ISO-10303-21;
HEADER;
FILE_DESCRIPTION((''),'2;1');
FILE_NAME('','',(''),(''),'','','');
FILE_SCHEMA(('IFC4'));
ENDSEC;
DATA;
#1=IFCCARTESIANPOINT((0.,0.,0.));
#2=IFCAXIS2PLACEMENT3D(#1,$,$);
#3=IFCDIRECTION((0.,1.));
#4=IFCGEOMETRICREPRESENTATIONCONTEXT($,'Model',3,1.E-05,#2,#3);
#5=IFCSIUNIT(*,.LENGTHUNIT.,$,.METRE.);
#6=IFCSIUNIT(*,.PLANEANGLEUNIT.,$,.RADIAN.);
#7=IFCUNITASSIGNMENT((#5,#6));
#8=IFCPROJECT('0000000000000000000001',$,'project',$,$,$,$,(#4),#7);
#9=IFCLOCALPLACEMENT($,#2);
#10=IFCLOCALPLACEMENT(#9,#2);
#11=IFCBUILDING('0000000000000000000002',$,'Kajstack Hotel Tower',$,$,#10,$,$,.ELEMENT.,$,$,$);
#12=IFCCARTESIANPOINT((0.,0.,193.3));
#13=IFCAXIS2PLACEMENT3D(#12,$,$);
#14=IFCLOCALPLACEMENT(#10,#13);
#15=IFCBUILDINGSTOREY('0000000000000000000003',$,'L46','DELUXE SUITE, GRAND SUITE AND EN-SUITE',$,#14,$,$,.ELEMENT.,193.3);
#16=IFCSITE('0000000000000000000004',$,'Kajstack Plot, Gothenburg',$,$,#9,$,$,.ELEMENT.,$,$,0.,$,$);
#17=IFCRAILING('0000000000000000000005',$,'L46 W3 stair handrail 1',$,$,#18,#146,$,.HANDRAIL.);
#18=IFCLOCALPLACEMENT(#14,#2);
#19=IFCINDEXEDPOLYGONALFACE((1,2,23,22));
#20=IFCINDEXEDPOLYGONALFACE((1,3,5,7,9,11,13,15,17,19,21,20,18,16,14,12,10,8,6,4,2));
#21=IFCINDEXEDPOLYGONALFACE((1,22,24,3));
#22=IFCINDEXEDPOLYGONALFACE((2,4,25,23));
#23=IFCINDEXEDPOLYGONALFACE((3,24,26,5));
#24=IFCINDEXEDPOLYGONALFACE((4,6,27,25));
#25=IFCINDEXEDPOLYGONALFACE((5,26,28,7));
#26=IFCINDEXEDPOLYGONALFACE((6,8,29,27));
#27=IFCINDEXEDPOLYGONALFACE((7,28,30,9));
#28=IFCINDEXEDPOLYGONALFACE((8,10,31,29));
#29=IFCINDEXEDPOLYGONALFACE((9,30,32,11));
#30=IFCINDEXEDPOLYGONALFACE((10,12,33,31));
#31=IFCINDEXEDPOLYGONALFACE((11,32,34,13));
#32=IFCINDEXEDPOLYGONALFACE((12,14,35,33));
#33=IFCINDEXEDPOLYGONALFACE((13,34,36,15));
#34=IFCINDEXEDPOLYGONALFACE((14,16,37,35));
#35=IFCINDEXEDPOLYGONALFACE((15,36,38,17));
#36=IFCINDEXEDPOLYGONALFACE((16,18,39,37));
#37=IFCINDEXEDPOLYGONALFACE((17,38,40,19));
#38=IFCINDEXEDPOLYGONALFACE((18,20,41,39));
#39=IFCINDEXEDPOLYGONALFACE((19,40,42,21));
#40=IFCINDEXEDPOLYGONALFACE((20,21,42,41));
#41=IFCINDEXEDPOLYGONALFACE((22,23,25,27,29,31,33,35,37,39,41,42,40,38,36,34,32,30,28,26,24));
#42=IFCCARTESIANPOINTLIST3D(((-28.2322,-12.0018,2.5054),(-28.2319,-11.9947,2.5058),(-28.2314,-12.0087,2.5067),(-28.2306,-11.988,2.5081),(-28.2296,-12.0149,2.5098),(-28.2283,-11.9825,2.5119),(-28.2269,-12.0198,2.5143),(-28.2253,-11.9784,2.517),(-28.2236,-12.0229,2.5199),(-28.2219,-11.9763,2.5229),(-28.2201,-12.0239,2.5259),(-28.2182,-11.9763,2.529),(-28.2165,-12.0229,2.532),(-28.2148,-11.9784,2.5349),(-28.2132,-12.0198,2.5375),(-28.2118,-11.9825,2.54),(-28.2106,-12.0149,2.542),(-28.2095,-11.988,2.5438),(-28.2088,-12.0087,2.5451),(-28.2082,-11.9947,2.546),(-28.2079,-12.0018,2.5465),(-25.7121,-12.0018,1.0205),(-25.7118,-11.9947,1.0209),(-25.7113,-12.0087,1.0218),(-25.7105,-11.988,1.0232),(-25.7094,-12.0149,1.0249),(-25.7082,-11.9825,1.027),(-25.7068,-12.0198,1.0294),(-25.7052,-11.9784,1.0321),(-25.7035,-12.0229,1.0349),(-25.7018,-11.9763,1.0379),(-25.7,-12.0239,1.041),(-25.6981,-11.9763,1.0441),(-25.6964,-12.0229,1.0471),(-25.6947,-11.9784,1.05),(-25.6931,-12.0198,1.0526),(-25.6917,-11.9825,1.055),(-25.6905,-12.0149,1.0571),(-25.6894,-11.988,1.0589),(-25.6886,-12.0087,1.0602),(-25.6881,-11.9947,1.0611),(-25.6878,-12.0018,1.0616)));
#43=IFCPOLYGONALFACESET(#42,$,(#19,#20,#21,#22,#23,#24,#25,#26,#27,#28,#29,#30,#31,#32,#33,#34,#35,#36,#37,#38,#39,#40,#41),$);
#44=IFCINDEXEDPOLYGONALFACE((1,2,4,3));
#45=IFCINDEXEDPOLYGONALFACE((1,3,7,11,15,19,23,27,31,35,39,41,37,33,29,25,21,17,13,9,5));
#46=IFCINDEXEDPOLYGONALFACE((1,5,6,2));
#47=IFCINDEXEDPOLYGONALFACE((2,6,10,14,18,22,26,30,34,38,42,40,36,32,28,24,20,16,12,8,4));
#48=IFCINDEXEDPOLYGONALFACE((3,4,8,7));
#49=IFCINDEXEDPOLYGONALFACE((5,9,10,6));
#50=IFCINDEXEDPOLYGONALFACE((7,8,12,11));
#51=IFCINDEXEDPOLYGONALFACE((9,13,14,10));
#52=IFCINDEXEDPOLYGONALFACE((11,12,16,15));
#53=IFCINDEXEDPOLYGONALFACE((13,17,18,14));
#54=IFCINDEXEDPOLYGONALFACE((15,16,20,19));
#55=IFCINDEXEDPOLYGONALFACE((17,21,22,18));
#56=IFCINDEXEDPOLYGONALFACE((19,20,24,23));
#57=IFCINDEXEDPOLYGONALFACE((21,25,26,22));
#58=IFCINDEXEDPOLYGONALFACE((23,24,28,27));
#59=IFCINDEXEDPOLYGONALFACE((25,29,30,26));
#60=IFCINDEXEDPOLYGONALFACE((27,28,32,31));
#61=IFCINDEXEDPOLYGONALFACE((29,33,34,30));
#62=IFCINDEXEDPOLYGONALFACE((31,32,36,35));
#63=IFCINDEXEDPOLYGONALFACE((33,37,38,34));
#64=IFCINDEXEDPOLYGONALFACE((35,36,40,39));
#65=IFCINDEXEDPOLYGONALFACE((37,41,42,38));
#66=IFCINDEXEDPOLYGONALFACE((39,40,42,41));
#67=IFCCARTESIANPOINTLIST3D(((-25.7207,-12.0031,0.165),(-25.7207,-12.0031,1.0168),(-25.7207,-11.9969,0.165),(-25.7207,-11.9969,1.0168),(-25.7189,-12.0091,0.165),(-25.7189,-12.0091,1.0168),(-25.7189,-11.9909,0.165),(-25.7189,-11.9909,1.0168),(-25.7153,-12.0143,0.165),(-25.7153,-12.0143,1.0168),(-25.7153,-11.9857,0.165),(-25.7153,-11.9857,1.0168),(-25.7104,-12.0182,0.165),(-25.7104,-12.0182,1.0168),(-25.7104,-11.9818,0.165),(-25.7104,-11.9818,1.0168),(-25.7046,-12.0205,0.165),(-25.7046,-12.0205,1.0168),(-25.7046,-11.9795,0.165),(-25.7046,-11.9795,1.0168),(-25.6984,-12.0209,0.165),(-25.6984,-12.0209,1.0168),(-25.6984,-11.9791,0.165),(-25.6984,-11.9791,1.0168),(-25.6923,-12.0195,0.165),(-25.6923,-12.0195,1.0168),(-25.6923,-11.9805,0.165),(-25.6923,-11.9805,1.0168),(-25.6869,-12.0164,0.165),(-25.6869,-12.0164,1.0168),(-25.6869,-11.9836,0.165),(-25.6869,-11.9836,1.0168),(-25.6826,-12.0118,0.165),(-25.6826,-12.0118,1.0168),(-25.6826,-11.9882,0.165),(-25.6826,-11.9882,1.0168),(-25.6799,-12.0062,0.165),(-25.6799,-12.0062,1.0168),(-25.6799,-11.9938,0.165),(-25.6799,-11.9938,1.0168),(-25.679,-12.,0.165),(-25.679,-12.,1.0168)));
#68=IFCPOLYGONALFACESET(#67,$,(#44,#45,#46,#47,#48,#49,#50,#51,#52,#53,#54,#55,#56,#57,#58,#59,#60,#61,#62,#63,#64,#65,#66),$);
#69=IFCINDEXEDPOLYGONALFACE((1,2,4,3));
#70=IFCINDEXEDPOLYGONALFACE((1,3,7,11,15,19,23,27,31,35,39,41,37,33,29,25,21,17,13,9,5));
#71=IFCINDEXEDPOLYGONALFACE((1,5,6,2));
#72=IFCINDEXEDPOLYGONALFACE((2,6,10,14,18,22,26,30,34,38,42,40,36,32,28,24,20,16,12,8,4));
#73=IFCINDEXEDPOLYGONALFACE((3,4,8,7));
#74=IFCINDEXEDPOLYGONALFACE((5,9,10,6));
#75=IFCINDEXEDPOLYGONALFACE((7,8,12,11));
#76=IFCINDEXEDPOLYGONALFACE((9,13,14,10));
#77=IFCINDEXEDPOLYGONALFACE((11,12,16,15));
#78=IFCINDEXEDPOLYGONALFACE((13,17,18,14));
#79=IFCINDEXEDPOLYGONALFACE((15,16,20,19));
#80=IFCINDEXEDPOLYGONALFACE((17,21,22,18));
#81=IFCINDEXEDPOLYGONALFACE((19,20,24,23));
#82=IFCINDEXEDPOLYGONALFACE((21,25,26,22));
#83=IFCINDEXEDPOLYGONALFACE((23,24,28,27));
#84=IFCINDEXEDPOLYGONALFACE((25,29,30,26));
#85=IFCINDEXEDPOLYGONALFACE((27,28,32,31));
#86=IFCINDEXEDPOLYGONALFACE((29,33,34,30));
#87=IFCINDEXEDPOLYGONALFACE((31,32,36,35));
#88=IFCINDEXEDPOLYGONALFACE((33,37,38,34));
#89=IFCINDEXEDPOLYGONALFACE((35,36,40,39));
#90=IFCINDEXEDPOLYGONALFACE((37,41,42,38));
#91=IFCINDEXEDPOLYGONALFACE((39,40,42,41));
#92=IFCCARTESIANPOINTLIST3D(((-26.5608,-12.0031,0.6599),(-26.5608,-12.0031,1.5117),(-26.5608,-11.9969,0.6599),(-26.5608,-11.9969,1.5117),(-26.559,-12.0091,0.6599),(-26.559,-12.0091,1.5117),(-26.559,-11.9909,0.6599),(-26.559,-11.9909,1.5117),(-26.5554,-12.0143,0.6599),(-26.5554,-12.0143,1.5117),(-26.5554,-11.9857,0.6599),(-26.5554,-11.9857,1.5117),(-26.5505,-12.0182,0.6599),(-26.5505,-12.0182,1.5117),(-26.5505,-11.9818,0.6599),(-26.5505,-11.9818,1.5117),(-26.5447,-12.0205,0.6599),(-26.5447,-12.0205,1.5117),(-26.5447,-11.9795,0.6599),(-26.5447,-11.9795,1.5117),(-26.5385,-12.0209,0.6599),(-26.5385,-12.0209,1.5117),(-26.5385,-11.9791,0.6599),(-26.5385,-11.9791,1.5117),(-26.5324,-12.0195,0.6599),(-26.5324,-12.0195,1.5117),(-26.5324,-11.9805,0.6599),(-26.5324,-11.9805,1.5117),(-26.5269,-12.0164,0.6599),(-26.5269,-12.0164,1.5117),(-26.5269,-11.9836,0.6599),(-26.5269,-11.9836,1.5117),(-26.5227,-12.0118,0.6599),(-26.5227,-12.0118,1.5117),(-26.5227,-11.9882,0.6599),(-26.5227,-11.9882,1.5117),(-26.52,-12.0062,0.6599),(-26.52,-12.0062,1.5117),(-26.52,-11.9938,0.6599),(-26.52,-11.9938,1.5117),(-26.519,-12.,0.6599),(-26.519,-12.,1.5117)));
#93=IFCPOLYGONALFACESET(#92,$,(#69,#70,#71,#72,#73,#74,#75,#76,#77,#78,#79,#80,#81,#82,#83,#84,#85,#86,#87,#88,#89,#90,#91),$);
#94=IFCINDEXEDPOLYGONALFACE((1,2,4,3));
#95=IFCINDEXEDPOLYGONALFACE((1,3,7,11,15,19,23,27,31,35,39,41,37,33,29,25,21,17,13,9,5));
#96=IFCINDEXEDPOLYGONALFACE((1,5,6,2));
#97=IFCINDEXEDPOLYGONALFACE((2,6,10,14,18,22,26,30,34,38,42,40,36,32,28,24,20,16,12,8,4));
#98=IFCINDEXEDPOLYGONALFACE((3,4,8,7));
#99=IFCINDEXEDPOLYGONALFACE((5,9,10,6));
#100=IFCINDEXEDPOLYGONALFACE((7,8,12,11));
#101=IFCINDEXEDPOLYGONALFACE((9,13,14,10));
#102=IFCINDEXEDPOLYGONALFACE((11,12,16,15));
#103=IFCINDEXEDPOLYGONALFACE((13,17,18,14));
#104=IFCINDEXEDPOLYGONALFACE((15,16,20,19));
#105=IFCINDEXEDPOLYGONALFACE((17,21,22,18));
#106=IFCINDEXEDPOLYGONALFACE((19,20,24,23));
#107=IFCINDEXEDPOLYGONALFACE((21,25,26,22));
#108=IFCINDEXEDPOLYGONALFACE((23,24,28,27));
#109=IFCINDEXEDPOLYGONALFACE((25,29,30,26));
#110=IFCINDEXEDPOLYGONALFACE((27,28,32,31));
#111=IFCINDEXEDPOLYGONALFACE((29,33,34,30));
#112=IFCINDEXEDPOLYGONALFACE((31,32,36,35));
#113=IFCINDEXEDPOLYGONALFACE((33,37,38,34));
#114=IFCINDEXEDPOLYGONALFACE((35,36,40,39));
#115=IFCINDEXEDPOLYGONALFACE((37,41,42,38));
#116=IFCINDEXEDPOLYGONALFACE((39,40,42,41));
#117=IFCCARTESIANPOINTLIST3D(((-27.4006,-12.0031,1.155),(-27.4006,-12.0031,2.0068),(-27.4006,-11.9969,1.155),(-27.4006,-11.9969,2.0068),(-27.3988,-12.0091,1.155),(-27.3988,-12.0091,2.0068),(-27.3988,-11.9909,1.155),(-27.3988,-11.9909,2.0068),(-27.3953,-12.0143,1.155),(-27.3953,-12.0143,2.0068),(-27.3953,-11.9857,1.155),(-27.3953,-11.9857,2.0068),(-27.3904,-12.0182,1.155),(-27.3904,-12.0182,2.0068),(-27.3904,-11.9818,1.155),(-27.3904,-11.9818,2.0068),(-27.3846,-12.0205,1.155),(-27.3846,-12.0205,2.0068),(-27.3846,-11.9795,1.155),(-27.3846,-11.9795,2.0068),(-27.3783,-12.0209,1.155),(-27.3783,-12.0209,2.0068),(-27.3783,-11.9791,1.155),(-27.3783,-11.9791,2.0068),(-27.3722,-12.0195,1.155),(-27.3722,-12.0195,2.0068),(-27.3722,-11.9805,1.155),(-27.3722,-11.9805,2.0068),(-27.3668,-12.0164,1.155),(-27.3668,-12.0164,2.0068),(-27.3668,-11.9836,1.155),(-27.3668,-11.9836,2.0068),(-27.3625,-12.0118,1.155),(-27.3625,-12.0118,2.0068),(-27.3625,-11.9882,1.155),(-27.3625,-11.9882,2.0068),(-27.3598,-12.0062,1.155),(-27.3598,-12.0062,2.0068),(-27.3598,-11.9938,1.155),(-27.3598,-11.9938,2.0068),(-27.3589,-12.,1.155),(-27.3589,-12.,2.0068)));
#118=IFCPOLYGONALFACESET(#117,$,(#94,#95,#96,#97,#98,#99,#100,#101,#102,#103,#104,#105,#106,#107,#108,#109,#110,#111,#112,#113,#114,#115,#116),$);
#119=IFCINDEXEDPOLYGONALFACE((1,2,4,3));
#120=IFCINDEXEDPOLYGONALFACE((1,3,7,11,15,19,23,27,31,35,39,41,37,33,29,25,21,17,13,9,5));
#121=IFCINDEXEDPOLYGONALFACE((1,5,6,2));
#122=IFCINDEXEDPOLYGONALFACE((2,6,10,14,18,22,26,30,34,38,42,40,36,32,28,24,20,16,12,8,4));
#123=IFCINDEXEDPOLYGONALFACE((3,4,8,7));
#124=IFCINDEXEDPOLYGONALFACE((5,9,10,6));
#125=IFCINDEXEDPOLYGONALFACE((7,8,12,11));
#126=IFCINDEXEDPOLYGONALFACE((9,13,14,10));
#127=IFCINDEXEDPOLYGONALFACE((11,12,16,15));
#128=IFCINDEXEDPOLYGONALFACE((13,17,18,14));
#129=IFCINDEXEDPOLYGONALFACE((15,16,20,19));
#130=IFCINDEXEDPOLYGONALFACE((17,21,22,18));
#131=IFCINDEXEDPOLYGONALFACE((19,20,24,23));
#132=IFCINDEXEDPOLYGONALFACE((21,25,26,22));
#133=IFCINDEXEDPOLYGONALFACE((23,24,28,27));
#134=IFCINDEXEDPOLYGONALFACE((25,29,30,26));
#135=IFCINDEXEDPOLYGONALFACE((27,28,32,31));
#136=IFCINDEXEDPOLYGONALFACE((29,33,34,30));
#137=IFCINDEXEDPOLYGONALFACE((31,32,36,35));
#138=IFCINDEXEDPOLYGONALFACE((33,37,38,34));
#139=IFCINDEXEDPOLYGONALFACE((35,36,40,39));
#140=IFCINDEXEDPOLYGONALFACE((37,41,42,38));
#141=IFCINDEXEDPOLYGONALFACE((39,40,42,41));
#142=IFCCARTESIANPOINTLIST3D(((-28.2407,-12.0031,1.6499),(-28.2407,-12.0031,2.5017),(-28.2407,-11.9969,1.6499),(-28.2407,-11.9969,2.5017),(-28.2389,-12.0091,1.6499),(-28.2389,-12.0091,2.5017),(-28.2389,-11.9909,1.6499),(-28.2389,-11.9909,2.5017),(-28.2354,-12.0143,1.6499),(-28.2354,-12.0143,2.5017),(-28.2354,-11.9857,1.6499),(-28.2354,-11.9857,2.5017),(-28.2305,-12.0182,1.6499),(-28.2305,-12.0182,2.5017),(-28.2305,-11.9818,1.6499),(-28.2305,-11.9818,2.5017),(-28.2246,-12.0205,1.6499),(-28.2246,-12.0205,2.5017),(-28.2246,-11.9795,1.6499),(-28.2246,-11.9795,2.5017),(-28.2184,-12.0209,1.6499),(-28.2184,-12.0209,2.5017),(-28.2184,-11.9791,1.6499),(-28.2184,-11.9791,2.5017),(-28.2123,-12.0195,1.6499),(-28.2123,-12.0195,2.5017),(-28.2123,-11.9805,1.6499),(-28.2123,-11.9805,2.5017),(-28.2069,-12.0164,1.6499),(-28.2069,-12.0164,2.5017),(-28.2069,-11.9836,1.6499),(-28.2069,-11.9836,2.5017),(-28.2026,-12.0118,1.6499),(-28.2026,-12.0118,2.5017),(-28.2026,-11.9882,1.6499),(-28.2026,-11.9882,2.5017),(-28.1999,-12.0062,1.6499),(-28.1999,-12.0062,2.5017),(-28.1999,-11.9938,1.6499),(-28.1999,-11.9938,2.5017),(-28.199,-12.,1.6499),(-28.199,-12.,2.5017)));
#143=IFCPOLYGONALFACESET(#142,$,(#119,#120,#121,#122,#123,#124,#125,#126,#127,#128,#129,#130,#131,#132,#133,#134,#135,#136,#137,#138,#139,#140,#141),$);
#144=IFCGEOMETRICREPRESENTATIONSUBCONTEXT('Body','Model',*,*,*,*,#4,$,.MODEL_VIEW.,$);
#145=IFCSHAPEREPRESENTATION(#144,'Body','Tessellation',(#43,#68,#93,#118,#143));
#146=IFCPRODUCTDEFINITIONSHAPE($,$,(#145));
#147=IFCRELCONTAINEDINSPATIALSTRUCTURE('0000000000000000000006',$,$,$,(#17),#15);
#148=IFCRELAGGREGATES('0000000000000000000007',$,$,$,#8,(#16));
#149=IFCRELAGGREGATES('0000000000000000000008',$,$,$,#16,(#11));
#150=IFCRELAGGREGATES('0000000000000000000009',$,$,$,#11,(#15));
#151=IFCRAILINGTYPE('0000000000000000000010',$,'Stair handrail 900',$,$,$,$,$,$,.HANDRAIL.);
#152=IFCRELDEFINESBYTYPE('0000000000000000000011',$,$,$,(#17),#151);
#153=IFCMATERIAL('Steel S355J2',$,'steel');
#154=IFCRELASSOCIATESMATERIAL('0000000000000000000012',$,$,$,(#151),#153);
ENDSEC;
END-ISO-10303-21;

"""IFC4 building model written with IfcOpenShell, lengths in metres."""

from ifc_helpers import new_model, si_unit, direction, frame, origin, origin_2d, place, context, subcontext, project, spatial, circle, extrude, material, type_object, element, save


model = new_model("IFC4")

# Units and contexts
model_context = context("Model", 3, precision=1e-05, world=origin(), true_north=direction((0.0, 1.0)))
body_context = subcontext(model_context, "Body", "Model", "MODEL_VIEW")
ifc_project = project(units=[si_unit("LENGTHUNIT", "METRE"), si_unit("PLANEANGLEUNIT", "RADIAN")], contexts=[model_context])

# Site, building, storey
site_placement = place(None, origin())
site = spatial("IfcSite", under=ifc_project, at=site_placement, Name="Kajstack Plot, Gothenburg", CompositionType="ELEMENT", RefElevation=0.0)
building_placement = place(site_placement, origin())
building = spatial("IfcBuilding", under=site, at=building_placement, Name="Kajstack Hotel Tower", CompositionType="ELEMENT")
storey_placement = place(building_placement, frame((0.0, 0.0, 193.3)))
storey = spatial("IfcBuildingStorey", under=building, at=storey_placement, Name="L46", Description="DELUXE SUITE, GRAND SUITE AND EN-SUITE", CompositionType="ELEMENT", Elevation=193.3)

# Railing
ifc_material_1 = material(Name="Steel S355J2", Category="steel")
railing_type_1 = type_object("IfcRailingType", Name="Stair handrail 900", PredefinedType="HANDRAIL", material=ifc_material_1)
railing_1_placement = place(storey_placement, frame((-25.7, -12.0, 0.165)))
element("IfcRailing", 1, at=railing_1_placement, inside=storey, type_object=railing_type_1, Name="L46 W3 stair handrail 1", PredefinedType="HANDRAIL", context=body_context, shape_type="SweptSolid", body=[
    extrude(circle(Radius=0.0239, at=origin_2d()), frame((0.0, 0.0, 0.876), z_axis=(-0.861561, 0.0, 0.507655), x_axis=(0.0, -1.0, 0.0)), (0.0, 0.0, 1.0), 2.925),
    extrude(circle(Radius=0.021, at=origin_2d()), origin(), (0.0, 0.0, 1.0), 0.8518),
    extrude(circle(Radius=0.021, at=origin_2d()), frame((-0.8401, 0.0, 0.4949)), (0.0, 0.0, 1.0), 0.8518),
    extrude(circle(Radius=0.021, at=origin_2d()), frame((-1.6799, 0.0, 0.99)), (0.0, 0.0, 1.0), 0.8518),
    extrude(circle(Radius=0.021, at=origin_2d()), frame((-2.52, 0.0, 1.4849)), (0.0, 0.0, 1.0), 0.8518),
])

save(model, "model.ifc")
